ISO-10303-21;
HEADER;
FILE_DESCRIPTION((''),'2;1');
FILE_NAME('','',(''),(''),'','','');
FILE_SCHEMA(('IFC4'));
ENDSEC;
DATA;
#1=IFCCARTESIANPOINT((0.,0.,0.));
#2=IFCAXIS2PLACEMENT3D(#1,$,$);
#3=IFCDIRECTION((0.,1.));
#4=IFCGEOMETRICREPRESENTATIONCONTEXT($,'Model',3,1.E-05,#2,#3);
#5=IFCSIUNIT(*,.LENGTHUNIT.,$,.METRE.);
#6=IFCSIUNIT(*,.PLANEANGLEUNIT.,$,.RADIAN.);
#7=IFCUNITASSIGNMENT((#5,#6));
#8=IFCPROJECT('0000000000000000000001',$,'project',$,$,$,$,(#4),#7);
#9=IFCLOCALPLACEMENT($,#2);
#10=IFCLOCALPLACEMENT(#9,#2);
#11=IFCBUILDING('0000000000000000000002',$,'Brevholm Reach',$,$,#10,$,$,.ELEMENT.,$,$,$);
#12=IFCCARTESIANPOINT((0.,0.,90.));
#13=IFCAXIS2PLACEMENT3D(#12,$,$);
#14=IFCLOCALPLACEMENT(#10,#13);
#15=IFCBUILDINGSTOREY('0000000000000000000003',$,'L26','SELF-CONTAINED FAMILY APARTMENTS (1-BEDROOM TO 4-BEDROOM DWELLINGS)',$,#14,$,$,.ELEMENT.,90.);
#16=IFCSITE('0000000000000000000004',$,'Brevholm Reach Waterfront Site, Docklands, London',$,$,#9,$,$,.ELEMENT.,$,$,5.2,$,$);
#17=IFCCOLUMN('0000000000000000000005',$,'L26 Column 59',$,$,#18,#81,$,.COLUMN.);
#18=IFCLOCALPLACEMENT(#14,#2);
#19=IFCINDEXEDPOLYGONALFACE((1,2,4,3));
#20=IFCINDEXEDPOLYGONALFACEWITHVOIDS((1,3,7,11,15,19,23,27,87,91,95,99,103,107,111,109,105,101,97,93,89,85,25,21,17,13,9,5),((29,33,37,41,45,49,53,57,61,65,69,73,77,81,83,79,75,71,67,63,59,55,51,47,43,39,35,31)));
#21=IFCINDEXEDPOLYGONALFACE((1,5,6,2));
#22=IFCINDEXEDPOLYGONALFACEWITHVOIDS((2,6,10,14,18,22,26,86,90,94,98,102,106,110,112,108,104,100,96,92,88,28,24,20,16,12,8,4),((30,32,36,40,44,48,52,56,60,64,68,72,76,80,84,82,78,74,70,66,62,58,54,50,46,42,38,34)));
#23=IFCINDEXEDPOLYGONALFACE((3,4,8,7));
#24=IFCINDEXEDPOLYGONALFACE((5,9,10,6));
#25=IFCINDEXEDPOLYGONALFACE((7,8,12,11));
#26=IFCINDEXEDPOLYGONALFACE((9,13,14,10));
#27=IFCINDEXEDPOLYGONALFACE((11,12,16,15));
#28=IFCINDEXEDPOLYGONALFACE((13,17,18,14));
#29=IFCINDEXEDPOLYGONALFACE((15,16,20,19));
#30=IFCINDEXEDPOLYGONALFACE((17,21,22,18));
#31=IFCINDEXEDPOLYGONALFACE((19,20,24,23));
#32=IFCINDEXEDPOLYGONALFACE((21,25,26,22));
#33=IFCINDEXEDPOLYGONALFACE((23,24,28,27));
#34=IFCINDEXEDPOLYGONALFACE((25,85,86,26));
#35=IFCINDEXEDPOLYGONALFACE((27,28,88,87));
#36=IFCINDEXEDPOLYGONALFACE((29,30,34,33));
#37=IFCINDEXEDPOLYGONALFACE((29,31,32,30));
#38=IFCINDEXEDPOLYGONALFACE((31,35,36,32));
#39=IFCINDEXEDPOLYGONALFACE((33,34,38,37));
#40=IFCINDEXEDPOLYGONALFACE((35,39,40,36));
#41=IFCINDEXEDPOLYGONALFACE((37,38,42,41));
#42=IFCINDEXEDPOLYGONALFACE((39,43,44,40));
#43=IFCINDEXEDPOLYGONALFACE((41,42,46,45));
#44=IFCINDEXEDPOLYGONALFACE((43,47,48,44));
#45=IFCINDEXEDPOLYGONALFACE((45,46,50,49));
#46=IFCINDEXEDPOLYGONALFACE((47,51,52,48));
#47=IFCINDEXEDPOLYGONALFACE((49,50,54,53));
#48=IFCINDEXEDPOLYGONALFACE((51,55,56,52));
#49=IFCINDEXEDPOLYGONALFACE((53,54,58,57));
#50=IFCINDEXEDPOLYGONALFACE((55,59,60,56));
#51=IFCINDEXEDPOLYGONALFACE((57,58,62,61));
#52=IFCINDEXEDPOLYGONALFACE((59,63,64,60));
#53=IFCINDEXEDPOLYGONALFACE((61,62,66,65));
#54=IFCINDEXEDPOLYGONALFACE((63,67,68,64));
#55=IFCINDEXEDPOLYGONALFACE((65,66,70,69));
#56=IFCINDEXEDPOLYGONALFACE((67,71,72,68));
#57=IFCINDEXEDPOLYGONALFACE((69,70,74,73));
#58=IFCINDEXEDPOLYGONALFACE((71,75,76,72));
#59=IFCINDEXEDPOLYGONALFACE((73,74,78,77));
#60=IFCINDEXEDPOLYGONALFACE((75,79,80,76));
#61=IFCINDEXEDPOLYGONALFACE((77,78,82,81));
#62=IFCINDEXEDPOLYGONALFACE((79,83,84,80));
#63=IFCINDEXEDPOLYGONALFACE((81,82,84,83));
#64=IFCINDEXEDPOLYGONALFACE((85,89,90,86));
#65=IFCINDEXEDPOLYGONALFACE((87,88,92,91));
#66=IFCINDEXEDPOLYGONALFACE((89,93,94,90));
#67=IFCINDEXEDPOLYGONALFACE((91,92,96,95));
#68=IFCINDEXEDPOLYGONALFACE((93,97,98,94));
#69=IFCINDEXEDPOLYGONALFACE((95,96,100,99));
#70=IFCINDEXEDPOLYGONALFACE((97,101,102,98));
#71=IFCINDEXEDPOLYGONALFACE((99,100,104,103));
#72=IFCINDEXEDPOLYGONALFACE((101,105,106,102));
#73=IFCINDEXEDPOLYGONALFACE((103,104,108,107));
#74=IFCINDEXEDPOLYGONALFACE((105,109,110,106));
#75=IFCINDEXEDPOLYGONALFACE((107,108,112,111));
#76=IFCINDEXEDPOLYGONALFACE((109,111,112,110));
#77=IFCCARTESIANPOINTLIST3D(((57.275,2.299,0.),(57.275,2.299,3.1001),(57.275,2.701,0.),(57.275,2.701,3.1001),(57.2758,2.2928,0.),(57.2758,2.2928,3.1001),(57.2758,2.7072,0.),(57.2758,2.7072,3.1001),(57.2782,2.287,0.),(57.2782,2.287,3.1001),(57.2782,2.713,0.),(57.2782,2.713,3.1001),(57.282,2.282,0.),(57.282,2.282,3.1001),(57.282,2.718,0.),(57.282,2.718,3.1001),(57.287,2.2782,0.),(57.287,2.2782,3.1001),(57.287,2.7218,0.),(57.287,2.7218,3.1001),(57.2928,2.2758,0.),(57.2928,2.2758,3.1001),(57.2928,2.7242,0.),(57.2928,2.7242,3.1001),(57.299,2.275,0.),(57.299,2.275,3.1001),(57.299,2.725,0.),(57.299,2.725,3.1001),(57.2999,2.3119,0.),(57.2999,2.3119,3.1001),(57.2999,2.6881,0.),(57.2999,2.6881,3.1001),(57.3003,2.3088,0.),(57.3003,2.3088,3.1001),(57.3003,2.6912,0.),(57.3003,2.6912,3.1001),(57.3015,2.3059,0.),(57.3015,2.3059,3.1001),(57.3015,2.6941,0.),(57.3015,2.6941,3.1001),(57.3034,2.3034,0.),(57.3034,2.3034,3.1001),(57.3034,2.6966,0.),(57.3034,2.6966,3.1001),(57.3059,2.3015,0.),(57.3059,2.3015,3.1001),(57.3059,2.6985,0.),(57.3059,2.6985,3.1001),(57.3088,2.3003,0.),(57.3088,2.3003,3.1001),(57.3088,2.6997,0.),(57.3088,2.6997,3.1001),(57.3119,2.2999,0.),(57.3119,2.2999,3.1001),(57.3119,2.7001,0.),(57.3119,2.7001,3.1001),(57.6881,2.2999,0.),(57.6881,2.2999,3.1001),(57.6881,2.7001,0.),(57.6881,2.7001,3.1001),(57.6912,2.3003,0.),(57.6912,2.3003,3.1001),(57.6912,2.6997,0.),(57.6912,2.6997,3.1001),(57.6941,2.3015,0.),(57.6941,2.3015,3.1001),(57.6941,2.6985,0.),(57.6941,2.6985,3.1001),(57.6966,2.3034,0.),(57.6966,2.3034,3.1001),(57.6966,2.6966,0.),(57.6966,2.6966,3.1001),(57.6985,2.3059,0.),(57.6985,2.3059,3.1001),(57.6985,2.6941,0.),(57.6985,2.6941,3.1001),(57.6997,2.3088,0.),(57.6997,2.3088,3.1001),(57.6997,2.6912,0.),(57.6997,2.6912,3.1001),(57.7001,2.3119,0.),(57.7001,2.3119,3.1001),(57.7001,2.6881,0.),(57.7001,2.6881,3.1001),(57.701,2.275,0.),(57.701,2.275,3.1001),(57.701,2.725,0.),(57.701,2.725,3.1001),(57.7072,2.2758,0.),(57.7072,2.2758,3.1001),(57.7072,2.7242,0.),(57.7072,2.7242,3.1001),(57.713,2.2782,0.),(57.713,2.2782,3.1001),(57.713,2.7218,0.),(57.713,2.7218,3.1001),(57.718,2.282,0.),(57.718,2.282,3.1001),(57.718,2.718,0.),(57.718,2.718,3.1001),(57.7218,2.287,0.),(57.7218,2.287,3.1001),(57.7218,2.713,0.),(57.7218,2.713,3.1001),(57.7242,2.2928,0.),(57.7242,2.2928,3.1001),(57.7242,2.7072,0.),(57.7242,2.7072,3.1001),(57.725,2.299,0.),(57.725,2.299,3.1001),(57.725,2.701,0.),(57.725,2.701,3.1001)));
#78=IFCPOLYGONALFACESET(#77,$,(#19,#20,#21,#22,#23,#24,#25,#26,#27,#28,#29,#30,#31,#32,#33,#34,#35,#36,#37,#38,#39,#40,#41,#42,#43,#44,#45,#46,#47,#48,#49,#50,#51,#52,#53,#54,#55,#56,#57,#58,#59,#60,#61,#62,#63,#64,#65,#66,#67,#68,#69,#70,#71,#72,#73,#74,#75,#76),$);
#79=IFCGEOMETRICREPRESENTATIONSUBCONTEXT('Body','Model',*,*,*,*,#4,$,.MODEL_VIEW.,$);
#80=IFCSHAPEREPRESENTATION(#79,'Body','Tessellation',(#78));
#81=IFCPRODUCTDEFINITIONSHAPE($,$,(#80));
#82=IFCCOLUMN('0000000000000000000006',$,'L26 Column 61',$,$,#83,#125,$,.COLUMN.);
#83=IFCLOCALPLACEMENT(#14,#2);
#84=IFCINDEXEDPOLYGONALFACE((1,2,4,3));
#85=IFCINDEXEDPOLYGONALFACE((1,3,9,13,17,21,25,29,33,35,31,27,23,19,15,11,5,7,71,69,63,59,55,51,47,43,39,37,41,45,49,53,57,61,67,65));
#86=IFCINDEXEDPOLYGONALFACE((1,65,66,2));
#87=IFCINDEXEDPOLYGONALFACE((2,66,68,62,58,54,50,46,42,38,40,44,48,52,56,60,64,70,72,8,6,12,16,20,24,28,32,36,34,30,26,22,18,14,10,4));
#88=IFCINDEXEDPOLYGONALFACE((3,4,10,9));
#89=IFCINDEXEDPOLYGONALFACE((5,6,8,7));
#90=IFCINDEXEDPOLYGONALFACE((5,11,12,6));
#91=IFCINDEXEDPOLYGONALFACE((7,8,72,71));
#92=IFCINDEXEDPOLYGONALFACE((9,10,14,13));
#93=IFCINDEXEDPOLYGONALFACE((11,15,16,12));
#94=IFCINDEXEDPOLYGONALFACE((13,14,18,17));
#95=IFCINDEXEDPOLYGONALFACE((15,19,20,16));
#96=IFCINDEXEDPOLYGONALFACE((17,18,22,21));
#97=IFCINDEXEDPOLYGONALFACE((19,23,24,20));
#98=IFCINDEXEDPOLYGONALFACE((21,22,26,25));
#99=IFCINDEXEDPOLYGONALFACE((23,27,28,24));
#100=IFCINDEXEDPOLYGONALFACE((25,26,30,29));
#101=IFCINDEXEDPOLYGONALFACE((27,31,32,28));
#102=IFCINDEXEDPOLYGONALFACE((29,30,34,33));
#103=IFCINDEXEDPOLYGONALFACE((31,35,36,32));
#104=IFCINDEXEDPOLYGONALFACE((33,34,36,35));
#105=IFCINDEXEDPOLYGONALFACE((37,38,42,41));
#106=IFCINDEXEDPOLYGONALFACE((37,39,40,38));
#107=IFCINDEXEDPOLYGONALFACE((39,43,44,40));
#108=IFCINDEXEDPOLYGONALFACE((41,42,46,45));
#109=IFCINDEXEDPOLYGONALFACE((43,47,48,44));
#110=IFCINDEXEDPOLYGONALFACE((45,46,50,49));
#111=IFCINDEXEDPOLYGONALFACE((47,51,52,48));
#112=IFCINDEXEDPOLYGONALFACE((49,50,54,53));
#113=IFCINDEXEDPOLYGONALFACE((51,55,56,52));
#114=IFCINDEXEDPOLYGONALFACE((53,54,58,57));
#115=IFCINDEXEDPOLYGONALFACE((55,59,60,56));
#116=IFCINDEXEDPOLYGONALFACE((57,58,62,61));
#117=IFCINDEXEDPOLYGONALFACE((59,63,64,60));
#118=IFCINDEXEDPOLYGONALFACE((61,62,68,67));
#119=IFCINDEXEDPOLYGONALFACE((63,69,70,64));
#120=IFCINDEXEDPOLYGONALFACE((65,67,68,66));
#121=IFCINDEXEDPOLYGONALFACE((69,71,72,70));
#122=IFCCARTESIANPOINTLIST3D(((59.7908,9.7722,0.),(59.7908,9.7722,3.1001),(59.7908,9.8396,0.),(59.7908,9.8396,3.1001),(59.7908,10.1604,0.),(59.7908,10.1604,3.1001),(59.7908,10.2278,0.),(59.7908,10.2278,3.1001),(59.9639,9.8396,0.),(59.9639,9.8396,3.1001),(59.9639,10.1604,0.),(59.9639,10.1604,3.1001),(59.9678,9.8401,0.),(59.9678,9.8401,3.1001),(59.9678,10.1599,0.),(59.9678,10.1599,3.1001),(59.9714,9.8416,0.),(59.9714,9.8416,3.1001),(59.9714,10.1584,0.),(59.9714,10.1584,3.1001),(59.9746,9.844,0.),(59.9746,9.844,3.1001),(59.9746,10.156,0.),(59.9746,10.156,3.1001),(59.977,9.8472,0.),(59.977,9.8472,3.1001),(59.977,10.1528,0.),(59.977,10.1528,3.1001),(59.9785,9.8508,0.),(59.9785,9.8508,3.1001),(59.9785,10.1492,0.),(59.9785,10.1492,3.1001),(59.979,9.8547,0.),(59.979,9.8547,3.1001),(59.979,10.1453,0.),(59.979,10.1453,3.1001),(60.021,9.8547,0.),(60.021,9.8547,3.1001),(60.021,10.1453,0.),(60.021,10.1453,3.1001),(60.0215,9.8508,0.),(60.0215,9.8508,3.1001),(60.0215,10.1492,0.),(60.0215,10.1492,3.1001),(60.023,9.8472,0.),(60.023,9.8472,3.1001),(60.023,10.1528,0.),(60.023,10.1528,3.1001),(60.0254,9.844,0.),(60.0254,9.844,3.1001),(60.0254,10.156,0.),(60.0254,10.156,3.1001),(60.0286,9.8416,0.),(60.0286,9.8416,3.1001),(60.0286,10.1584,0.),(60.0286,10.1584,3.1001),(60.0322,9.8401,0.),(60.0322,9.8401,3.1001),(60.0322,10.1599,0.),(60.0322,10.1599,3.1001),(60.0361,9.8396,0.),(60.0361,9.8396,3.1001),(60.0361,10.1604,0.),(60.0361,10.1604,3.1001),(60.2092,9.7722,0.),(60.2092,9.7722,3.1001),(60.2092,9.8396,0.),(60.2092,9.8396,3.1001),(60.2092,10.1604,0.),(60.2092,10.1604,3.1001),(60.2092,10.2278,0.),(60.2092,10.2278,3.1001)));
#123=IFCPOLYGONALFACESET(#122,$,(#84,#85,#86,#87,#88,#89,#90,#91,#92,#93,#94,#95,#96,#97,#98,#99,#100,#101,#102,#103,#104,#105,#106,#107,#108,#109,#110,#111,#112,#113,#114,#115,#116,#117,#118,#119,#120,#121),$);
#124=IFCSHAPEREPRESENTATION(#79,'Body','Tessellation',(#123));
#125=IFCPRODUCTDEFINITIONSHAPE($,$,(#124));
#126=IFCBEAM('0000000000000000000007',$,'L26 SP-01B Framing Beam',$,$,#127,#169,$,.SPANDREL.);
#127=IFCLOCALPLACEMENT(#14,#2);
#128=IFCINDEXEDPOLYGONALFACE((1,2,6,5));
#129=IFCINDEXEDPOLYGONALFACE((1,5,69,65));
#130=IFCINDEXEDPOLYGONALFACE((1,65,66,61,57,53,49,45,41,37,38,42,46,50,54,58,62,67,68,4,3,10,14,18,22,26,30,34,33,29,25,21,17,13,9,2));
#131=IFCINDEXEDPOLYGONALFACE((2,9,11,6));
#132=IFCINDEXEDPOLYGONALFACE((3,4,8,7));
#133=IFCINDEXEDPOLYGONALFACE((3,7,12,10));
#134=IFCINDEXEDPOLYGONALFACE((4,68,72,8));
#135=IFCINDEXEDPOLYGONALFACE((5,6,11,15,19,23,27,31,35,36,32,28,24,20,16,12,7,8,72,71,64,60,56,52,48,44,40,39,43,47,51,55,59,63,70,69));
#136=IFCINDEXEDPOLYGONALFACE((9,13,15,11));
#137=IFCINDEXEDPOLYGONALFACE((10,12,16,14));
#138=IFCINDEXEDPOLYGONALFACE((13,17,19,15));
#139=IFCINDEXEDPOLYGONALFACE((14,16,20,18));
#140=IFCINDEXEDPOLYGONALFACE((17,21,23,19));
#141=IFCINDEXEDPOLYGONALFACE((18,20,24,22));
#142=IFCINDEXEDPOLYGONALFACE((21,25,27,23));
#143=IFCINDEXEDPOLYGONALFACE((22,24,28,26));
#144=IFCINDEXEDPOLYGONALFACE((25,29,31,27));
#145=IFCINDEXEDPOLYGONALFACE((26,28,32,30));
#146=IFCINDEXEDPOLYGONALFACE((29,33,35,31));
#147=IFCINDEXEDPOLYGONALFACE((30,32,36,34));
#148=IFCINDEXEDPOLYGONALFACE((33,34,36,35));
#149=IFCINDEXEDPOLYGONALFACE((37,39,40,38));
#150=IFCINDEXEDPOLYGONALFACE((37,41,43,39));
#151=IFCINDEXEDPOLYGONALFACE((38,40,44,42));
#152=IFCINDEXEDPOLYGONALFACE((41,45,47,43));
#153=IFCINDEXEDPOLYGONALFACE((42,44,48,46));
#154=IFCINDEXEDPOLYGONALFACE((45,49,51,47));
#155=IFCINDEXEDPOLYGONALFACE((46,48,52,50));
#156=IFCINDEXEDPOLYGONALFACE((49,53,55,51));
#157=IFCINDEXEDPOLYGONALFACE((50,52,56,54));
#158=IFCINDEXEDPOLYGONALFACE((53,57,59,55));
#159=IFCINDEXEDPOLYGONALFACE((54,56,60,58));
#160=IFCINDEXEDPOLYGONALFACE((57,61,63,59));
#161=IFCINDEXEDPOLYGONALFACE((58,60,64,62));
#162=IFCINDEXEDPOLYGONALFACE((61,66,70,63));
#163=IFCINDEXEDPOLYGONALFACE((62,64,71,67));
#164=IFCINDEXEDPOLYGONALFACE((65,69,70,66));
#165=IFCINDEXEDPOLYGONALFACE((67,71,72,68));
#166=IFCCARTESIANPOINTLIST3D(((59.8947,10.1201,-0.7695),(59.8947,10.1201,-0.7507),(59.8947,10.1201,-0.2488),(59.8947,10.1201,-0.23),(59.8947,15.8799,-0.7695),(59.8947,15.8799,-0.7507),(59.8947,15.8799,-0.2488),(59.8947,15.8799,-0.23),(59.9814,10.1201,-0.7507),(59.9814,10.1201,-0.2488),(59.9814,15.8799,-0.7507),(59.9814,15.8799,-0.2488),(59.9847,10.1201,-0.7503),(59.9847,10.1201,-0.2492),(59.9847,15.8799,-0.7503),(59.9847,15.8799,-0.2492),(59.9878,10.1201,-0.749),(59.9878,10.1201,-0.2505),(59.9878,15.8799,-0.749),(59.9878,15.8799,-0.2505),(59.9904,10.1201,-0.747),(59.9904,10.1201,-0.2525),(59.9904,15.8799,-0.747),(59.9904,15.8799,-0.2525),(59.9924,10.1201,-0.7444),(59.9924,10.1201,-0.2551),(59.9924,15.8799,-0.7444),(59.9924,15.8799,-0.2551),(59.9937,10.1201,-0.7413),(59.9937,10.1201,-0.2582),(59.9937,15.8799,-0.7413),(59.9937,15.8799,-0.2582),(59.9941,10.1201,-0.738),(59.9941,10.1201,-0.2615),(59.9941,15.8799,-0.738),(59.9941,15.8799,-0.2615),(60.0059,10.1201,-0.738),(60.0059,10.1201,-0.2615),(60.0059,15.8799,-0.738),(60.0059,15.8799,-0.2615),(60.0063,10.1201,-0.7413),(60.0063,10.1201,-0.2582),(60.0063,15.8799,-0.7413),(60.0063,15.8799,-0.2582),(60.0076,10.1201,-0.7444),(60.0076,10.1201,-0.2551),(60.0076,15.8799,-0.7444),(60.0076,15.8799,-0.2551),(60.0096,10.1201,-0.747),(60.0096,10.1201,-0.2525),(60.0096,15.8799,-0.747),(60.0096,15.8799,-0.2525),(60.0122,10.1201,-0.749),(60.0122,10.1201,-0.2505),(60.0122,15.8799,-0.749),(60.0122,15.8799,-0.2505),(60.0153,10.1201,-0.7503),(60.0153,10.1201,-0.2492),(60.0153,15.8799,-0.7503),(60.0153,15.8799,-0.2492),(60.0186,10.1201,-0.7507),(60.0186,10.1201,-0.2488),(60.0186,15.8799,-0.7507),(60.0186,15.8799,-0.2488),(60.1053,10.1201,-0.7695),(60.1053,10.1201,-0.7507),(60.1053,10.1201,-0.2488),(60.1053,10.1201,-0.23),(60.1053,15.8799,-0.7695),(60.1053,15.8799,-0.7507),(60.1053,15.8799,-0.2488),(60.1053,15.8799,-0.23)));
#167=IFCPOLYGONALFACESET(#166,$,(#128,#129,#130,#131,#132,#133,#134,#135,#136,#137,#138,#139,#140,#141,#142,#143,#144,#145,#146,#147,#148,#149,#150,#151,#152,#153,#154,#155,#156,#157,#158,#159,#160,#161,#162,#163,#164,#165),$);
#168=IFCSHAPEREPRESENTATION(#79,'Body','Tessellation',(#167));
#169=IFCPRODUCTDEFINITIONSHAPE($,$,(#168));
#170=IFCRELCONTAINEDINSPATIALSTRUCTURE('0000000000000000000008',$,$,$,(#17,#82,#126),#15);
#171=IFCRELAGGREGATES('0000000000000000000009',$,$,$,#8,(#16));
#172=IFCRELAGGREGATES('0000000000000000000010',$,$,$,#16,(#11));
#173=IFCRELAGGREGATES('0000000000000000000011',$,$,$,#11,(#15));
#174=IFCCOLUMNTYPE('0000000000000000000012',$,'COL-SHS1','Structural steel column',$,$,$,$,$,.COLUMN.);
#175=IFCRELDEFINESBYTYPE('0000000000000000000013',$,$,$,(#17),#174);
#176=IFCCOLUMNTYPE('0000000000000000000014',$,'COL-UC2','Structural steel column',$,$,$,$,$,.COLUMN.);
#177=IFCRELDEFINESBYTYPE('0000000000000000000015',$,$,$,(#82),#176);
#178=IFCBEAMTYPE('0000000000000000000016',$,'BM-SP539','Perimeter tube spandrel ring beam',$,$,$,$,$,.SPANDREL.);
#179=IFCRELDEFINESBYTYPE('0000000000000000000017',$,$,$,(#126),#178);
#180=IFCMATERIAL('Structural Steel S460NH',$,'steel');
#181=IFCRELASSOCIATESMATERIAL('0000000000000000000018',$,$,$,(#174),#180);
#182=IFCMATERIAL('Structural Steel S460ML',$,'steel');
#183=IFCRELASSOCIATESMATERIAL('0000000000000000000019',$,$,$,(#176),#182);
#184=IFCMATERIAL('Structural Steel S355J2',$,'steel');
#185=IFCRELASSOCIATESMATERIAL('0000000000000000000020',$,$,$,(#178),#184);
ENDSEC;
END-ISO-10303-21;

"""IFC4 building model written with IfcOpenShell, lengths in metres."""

from ifc_helpers import new_model, si_unit, direction, frame, origin, origin_2d, place, context, subcontext, project, spatial, hollow_rectangle, i_section, extrude, material, material_profile, profile_set, type_object, element, save


model = new_model("IFC4")

# Units and contexts
model_context = context("Model", 3, precision=1e-05, world=origin(), true_north=direction((0.0, 1.0)))
body_context = subcontext(model_context, "Body", "Model", "MODEL_VIEW")
ifc_project = project(units=[si_unit("LENGTHUNIT", "METRE"), si_unit("PLANEANGLEUNIT", "RADIAN")], contexts=[model_context])

# Site, building, storey
site_placement = place(None, origin())
site = spatial("IfcSite", under=ifc_project, at=site_placement, Name="Brevholm Reach Waterfront Site, Docklands, London", CompositionType="ELEMENT", RefElevation=5.2)
building_placement = place(site_placement, origin())
building = spatial("IfcBuilding", under=site, at=building_placement, Name="Brevholm Reach", CompositionType="ELEMENT")
storey_placement = place(building_placement, frame((0.0, 0.0, 90.0)))
storey = spatial("IfcBuildingStorey", under=building, at=storey_placement, Name="L26", Description="SELF-CONTAINED FAMILY APARTMENTS (1-BEDROOM TO 4-BEDROOM DWELLINGS)", CompositionType="ELEMENT", Elevation=90.0)

# Columns
ifc_material_1 = material(Name="Structural Steel S460NH", Category="steel")
ifc_material_profile_1 = material_profile(ifc_material_1, hollow_rectangle(XDim=0.45, YDim=0.45, WallThickness=0.0249, InnerFilletRadius=0.012, OuterFilletRadius=0.0239, at=origin_2d()), Name="SHS 450x450x25")
ifc_profile_set_1 = profile_set([ifc_material_profile_1], Name="Structural Steel S460NH")
column_type_1 = type_object("IfcColumnType", Name="COL-SHS1", Description="Structural steel column", PredefinedType="COLUMN", material=ifc_profile_set_1)
column_1_placement = place(storey_placement, frame((57.5, 2.5, 0.0), z_axis=(0.0, 0.0, 1.0), x_axis=(1.0, 0.0, 0.0)))
element("IfcColumn", 1, at=column_1_placement, inside=storey, type_object=column_type_1, Name="L26 Column 59", PredefinedType="COLUMN", context=body_context, shape_type="SweptSolid", body=[
    extrude(hollow_rectangle(XDim=0.45, YDim=0.45, WallThickness=0.0249, InnerFilletRadius=0.012, OuterFilletRadius=0.0239, at=origin_2d()), origin(), (0.0, 0.0, 1.0), 3.1001),
])
ifc_material_2 = material(Name="Structural Steel S460ML", Category="steel")
ifc_material_profile_2 = material_profile(ifc_material_2, i_section(OverallWidth=0.4185, OverallDepth=0.4556, WebThickness=0.042, FlangeThickness=0.0674, FilletRadius=0.0151, at=origin_2d()), Name="UKC 356x406x551")
ifc_profile_set_2 = profile_set([ifc_material_profile_2], Name="Structural Steel S460ML")
column_type_2 = type_object("IfcColumnType", Name="COL-UC2", Description="Structural steel column", PredefinedType="COLUMN", material=ifc_profile_set_2)
column_2_placement = place(storey_placement, frame((60.0, 10.0, 0.0), z_axis=(0.0, 0.0, 1.0), x_axis=(1.0, 0.0, 0.0)))
element("IfcColumn", 2, at=column_2_placement, inside=storey, type_object=column_type_2, Name="L26 Column 61", PredefinedType="COLUMN", context=body_context, shape_type="SweptSolid", body=[
    extrude(i_section(OverallWidth=0.4185, OverallDepth=0.4556, WebThickness=0.042, FlangeThickness=0.0674, FilletRadius=0.0151, at=origin_2d()), origin(), (0.0, 0.0, 1.0), 3.1001),
])

# Beam
ifc_material_3 = material(Name="Structural Steel S355J2", Category="steel")
ifc_material_profile_3 = material_profile(ifc_material_3, i_section(OverallWidth=0.2107, OverallDepth=0.5396, WebThickness=0.0117, FlangeThickness=0.0188, FilletRadius=0.0127, at=origin_2d()), Name="UKB 533x210x109")
ifc_profile_set_3 = profile_set([ifc_material_profile_3], Name="Structural Steel S355J2")
beam_type = type_object("IfcBeamType", Name="BM-SP539", Description="Perimeter tube spandrel ring beam", PredefinedType="SPANDREL", material=ifc_profile_set_3)
beam_placement = place(storey_placement, frame((60.0, 10.1201, -0.4998), z_axis=(0.0, 1.0, 0.0), x_axis=(-1.0, 0.0, 0.0)))
element("IfcBeam", 3, at=beam_placement, inside=storey, type_object=beam_type, Name="L26 SP-01B Framing Beam", PredefinedType="SPANDREL", context=body_context, shape_type="SweptSolid", body=[
    extrude(i_section(OverallWidth=0.2107, OverallDepth=0.5396, WebThickness=0.0117, FlangeThickness=0.0188, FilletRadius=0.0127, at=origin_2d()), origin(), (0.0, 0.0, 1.0), 5.7598),
])

save(model, "model.ifc")
